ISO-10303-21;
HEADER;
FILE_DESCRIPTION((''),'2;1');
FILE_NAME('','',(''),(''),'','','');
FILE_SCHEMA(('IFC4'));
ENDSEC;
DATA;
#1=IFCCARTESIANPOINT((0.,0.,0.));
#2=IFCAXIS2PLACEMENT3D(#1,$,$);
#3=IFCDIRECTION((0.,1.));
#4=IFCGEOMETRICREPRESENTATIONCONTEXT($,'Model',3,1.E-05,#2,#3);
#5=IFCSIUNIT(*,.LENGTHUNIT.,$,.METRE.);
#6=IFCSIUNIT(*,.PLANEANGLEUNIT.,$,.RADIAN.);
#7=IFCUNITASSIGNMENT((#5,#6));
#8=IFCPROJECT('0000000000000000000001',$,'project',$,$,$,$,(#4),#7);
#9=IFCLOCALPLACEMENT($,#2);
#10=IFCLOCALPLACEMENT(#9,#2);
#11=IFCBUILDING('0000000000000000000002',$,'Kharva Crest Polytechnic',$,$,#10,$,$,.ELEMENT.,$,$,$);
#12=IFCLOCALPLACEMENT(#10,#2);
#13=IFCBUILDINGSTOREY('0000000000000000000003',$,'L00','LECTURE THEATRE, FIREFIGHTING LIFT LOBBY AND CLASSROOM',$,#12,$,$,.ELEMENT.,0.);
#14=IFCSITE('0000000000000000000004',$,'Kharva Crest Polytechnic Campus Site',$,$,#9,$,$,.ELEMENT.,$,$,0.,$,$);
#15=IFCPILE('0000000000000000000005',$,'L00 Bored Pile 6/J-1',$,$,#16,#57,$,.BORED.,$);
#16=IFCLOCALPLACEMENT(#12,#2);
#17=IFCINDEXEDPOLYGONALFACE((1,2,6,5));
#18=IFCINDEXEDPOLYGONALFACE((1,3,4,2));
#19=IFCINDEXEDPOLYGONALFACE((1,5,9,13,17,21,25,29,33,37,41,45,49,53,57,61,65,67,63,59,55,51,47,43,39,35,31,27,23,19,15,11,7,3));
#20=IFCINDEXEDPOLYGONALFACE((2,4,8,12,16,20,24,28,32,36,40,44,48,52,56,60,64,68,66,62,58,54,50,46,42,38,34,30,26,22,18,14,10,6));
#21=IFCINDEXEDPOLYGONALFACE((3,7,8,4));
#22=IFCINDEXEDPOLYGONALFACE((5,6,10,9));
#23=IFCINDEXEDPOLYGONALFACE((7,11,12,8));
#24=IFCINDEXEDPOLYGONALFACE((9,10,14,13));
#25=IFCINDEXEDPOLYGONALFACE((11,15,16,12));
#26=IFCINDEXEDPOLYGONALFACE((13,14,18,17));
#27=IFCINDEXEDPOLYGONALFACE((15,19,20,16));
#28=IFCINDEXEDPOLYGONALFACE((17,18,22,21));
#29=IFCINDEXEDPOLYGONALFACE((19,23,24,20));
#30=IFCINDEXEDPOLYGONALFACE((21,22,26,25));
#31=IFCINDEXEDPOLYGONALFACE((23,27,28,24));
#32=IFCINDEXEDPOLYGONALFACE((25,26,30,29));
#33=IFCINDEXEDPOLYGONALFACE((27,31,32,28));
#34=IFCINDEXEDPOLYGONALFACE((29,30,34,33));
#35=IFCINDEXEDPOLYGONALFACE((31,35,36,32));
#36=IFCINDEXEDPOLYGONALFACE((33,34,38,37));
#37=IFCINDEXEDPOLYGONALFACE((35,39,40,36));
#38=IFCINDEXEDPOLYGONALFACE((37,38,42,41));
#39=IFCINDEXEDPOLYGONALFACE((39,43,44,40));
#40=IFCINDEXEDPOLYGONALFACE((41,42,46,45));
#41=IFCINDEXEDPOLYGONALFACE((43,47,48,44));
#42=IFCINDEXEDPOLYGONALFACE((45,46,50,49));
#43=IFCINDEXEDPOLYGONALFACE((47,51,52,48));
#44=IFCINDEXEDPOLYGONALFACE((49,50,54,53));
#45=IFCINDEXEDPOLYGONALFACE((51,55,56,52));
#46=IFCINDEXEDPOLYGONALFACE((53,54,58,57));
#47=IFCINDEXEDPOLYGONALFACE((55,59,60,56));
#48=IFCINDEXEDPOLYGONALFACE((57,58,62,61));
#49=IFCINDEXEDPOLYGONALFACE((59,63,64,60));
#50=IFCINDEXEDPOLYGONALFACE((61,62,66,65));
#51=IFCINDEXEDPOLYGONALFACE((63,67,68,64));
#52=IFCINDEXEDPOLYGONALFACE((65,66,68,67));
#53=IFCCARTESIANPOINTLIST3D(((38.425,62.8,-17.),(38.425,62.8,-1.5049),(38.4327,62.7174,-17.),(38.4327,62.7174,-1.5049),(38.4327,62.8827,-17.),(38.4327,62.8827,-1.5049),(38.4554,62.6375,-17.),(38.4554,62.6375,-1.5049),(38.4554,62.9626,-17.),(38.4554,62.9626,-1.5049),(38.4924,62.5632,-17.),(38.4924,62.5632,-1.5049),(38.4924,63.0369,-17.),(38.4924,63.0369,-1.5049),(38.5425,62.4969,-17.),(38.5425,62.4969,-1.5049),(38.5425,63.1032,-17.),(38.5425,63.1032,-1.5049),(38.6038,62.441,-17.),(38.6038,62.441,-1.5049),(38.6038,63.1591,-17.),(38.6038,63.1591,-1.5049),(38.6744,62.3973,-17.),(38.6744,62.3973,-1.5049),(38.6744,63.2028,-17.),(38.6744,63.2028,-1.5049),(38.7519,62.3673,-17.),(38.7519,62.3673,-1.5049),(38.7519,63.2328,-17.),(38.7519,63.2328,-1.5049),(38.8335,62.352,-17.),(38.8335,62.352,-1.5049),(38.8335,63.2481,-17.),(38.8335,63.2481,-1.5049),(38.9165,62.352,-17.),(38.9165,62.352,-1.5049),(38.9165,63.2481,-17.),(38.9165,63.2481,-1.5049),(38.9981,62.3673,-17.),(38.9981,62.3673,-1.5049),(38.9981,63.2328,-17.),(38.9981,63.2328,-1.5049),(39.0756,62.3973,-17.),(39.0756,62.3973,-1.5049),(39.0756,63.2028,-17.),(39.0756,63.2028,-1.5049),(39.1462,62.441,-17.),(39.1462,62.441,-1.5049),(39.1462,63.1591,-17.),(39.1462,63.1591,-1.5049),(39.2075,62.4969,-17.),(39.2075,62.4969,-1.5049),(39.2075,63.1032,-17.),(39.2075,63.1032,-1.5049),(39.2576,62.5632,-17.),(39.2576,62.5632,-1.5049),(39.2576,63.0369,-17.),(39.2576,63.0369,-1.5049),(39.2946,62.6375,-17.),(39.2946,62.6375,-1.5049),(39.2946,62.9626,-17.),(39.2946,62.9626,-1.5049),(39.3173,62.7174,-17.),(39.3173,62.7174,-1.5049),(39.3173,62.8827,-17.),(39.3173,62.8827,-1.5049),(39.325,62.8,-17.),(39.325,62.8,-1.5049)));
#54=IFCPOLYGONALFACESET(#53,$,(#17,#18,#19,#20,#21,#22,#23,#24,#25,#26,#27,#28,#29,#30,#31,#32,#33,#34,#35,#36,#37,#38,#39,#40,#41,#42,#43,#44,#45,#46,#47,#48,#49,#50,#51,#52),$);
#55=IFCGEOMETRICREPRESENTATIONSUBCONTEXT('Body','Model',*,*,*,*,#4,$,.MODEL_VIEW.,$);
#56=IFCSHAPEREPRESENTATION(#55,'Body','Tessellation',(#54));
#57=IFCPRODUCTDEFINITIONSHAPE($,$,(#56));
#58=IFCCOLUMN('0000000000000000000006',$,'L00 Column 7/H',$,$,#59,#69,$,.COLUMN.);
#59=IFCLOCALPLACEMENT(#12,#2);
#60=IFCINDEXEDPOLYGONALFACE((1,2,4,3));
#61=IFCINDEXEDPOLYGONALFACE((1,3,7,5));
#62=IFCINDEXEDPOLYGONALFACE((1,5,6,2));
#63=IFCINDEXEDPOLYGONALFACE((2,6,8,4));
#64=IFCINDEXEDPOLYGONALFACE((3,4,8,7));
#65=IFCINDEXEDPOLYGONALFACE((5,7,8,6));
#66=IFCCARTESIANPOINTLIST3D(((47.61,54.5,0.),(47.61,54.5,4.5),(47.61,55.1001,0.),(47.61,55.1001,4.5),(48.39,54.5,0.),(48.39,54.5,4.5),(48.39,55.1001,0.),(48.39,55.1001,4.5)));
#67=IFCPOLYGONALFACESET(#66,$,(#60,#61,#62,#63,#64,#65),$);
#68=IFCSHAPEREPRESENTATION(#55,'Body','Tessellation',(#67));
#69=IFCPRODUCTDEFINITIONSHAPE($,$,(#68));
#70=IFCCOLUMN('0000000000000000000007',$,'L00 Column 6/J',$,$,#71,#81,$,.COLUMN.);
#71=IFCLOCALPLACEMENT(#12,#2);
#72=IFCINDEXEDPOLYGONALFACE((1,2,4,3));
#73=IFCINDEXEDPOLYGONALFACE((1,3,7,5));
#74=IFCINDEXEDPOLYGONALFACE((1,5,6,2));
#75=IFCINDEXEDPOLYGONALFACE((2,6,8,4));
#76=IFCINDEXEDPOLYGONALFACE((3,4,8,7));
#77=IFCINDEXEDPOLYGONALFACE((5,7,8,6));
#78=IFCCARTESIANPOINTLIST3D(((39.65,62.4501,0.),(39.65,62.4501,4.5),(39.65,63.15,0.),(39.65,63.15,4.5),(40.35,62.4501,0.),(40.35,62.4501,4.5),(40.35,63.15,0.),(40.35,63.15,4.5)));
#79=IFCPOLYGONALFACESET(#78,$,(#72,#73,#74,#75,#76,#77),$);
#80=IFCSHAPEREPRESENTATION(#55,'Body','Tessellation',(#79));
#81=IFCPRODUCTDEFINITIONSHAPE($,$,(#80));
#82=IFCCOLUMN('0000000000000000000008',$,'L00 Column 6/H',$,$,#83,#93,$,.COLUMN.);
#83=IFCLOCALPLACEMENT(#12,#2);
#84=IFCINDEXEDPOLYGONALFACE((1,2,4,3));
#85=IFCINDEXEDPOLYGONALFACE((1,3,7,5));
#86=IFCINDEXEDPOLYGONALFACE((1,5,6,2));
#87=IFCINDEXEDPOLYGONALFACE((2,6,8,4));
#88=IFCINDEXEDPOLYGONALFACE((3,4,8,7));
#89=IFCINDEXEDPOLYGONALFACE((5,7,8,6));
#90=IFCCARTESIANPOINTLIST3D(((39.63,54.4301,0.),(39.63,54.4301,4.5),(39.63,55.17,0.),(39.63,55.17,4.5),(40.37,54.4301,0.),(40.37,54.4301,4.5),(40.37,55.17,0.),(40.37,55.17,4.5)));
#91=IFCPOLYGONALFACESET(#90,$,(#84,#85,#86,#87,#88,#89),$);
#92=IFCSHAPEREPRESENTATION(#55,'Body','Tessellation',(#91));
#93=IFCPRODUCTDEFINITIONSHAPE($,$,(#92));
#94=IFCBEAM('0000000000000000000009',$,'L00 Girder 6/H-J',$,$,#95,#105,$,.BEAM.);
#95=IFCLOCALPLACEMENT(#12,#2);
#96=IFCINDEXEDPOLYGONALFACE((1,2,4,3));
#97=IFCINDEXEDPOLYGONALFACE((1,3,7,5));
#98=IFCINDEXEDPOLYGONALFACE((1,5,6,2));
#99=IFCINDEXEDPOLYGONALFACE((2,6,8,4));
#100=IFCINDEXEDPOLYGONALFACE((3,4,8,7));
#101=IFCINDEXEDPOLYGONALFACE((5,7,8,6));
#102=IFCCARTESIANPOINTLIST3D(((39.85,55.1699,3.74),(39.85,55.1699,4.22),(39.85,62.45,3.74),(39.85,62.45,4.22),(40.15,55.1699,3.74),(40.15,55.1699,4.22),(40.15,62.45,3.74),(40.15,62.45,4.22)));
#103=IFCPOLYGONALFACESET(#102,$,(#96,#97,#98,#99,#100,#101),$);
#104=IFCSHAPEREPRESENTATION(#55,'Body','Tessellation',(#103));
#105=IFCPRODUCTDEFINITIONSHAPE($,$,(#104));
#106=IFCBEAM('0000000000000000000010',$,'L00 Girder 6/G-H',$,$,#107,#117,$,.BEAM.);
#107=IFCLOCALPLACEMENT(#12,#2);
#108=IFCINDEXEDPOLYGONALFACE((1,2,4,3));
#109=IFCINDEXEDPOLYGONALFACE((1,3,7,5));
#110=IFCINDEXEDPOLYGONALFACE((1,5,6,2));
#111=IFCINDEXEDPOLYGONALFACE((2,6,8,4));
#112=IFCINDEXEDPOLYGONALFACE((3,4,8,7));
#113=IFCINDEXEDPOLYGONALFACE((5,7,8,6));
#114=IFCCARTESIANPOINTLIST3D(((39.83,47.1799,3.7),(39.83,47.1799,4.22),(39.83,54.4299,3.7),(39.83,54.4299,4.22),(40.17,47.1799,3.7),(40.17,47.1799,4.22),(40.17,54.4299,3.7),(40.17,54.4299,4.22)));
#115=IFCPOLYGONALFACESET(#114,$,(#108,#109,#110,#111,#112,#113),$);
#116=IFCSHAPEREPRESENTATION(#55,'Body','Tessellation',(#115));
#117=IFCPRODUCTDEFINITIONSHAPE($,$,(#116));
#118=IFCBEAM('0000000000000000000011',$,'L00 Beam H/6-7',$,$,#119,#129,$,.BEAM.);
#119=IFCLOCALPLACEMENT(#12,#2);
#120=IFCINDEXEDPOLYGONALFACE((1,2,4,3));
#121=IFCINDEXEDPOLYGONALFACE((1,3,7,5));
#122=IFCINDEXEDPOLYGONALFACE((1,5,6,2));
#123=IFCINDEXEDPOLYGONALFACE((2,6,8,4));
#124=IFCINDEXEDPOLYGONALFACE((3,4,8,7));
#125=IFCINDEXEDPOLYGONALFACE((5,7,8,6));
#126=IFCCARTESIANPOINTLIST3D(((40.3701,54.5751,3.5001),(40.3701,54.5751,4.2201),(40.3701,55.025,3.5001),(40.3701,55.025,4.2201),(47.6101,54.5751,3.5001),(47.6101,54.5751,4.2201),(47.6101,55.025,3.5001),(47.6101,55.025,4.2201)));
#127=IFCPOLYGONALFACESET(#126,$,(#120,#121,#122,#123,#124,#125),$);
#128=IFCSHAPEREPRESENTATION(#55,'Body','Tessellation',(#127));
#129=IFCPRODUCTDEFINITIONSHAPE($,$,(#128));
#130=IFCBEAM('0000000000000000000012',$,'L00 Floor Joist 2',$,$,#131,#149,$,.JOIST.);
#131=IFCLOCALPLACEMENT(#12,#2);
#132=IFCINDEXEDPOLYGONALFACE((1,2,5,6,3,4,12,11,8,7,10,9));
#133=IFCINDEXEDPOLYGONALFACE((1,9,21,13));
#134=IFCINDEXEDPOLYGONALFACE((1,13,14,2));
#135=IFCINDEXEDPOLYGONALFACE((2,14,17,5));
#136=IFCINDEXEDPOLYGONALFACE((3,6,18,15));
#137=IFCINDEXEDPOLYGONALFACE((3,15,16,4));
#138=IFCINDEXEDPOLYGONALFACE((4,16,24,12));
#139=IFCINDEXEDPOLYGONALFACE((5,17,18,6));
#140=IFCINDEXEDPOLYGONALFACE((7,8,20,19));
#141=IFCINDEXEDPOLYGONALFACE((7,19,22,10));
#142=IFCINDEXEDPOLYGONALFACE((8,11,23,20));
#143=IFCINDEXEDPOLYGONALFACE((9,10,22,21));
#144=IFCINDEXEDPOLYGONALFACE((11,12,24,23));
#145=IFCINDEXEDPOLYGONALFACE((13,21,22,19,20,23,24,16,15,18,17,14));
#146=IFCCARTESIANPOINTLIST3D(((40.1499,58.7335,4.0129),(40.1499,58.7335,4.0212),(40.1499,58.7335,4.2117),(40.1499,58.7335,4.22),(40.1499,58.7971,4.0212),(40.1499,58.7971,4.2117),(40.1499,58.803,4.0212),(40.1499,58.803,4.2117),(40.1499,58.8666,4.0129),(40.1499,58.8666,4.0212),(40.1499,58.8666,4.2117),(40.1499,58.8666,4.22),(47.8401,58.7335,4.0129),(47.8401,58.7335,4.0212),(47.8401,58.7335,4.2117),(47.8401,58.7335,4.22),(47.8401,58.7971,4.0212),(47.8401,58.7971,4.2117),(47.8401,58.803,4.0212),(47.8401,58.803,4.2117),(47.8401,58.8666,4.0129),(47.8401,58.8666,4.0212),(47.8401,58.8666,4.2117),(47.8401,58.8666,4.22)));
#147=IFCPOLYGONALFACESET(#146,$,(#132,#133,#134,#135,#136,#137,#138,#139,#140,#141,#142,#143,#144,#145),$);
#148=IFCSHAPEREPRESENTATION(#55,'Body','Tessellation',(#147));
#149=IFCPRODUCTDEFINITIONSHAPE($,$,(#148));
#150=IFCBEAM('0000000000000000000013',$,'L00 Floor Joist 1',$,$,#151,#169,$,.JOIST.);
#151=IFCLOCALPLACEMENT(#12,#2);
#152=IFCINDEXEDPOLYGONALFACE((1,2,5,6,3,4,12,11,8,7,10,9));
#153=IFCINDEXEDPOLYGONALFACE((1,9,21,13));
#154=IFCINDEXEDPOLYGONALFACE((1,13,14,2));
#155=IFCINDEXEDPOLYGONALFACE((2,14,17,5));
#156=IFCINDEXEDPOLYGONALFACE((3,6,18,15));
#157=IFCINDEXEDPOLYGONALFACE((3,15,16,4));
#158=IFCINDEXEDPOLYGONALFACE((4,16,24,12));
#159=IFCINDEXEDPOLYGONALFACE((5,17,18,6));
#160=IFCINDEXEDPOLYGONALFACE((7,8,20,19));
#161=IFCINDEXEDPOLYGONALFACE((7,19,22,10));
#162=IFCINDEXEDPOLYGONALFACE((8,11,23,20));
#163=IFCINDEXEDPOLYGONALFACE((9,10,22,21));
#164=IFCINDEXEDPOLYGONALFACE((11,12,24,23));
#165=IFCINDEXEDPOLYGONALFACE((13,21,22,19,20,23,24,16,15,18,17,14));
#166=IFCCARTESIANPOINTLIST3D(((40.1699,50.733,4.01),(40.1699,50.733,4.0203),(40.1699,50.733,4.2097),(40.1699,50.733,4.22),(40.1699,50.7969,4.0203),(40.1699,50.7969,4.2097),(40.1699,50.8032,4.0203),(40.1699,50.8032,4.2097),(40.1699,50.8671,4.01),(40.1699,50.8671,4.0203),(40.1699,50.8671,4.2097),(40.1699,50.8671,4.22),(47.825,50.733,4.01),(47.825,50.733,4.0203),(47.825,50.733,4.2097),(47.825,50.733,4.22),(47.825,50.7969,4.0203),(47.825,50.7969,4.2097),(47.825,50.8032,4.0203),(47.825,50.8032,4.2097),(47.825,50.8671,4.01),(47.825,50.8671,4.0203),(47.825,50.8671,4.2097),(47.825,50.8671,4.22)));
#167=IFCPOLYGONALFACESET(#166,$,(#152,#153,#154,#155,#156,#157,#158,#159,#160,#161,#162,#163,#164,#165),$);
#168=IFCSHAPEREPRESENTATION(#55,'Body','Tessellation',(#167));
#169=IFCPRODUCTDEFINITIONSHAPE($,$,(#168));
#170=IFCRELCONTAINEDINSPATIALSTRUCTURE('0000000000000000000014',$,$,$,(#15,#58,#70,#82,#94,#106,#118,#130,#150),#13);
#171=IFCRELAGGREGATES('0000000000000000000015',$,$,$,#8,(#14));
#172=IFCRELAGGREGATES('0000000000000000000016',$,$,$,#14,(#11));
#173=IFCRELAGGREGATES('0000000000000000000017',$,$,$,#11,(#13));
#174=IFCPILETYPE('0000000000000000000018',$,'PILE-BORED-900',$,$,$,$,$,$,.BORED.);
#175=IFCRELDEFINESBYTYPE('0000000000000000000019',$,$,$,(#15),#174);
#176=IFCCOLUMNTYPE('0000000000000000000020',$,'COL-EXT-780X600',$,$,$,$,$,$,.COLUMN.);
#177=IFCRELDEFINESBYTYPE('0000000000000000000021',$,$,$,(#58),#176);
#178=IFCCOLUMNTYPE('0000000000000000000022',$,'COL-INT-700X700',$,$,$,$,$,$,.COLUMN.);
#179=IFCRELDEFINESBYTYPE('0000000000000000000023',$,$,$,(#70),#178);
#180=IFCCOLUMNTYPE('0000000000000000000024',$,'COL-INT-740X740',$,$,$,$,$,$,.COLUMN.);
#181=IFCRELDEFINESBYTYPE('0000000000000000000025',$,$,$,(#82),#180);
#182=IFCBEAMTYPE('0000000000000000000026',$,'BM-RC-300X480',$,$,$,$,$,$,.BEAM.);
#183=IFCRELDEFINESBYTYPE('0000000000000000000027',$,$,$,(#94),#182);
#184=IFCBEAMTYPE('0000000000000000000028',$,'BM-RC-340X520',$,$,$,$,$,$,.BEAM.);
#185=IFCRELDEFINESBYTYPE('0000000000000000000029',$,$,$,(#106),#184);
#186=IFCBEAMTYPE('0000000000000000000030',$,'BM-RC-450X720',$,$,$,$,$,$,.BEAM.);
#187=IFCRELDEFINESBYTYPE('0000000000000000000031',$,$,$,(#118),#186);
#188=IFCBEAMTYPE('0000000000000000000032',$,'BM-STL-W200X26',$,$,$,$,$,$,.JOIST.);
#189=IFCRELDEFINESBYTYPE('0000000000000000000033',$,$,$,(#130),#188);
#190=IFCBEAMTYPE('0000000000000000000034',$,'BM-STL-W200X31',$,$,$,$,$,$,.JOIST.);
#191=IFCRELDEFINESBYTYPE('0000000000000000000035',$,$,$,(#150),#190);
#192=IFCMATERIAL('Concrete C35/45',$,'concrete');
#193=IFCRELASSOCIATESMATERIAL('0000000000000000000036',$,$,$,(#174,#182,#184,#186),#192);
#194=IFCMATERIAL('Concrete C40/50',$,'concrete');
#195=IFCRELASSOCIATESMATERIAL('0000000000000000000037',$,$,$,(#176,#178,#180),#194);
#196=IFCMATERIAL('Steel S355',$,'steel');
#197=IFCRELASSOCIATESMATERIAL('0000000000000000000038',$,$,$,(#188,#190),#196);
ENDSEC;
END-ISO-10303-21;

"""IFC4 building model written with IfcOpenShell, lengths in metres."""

from ifc_helpers import new_model, si_unit, direction, frame, origin, origin_2d, place, context, subcontext, project, spatial, rectangle, circle, i_section, extrude, material, material_profile, profile_set, type_object, element, save


model = new_model("IFC4")

# Units and contexts
model_context = context("Model", 3, precision=1e-05, world=origin(), true_north=direction((0.0, 1.0)))
body_context = subcontext(model_context, "Body", "Model", "MODEL_VIEW")
ifc_project = project(units=[si_unit("LENGTHUNIT", "METRE"), si_unit("PLANEANGLEUNIT", "RADIAN")], contexts=[model_context])

# Site, building, storey
site_placement = place(None, origin())
site = spatial("IfcSite", under=ifc_project, at=site_placement, Name="Kharva Crest Polytechnic Campus Site", CompositionType="ELEMENT", RefElevation=0.0)
building_placement = place(site_placement, origin())
building = spatial("IfcBuilding", under=site, at=building_placement, Name="Kharva Crest Polytechnic", CompositionType="ELEMENT")
storey_placement = place(building_placement, origin())
storey = spatial("IfcBuildingStorey", under=building, at=storey_placement, Name="L00", Description="LECTURE THEATRE, FIREFIGHTING LIFT LOBBY AND CLASSROOM", CompositionType="ELEMENT", Elevation=0.0)

# Shared definitions
ifc_material_1 = material(Name="Concrete C35/45", Category="concrete")

# Pile
ifc_material_profile_1 = material_profile(ifc_material_1, circle(Radius=0.45, at=origin_2d()), Name="DIA 900")
ifc_profile_set_1 = profile_set([ifc_material_profile_1], Name="Concrete C35/45")
pile_type_1 = type_object("IfcPileType", Name="PILE-BORED-900", PredefinedType="BORED", material=ifc_profile_set_1)
for number, where, z_axis, x_axis, name in (
    (1, (38.875, 62.8, -1.5049), (0.0, 0.0, -1.0), (1.0, 0.0, 0.0), "L00 Bored Pile 6/J-1"),
):
    element("IfcPile", number, at=place(storey_placement, frame(where, z_axis=z_axis, x_axis=x_axis)), inside=storey, type_object=pile_type_1, Name=name, PredefinedType="BORED", context=body_context, shape_type="SweptSolid", body=[
        extrude(circle(Radius=0.45, at=origin_2d()), origin(), (0.0, 0.0, 1.0), 15.4951),
    ])

# Columns
ifc_material_2 = material(Name="Concrete C40/50", Category="concrete")
ifc_material_profile_2 = material_profile(ifc_material_2, rectangle(XDim=0.78, YDim=0.6001, at=origin_2d()), Name="RECT 780 X 600")
ifc_profile_set_2 = profile_set([ifc_material_profile_2], Name="Concrete C40/50")
column_type_1 = type_object("IfcColumnType", Name="COL-EXT-780X600", PredefinedType="COLUMN", material=ifc_profile_set_2)
column_1_placement = place(storey_placement, frame((48.0, 54.8, 0.0), z_axis=(0.0, 0.0, 1.0), x_axis=(1.0, 0.0, 0.0)))
element("IfcColumn", 2, at=column_1_placement, inside=storey, type_object=column_type_1, Name="L00 Column 7/H", PredefinedType="COLUMN", context=body_context, shape_type="SweptSolid", body=[
    extrude(rectangle(XDim=0.78, YDim=0.6001, at=origin_2d()), origin(), (0.0, 0.0, 1.0), 4.5),
])
ifc_material_profile_3 = material_profile(ifc_material_2, rectangle(XDim=0.7, YDim=0.7, at=origin_2d()), Name="RECT 700 X 700")
ifc_profile_set_3 = profile_set([ifc_material_profile_3], Name="Concrete C40/50")
column_type_2 = type_object("IfcColumnType", Name="COL-INT-700X700", PredefinedType="COLUMN", material=ifc_profile_set_3)
column_2_placement = place(storey_placement, frame((40.0, 62.8, 0.0), z_axis=(0.0, 0.0, 1.0), x_axis=(1.0, 0.0, 0.0)))
element("IfcColumn", 3, at=column_2_placement, inside=storey, type_object=column_type_2, Name="L00 Column 6/J", PredefinedType="COLUMN", context=body_context, shape_type="SweptSolid", body=[
    extrude(rectangle(XDim=0.7, YDim=0.7, at=origin_2d()), origin(), (0.0, 0.0, 1.0), 4.5),
])
ifc_material_profile_4 = material_profile(ifc_material_2, rectangle(XDim=0.74, YDim=0.74, at=origin_2d()), Name="RECT 740 X 740")
ifc_profile_set_4 = profile_set([ifc_material_profile_4], Name="Concrete C40/50")
column_type_3 = type_object("IfcColumnType", Name="COL-INT-740X740", PredefinedType="COLUMN", material=ifc_profile_set_4)
column_3_placement = place(storey_placement, frame((40.0, 54.8, 0.0), z_axis=(0.0, 0.0, 1.0), x_axis=(1.0, 0.0, 0.0)))
element("IfcColumn", 4, at=column_3_placement, inside=storey, type_object=column_type_3, Name="L00 Column 6/H", PredefinedType="COLUMN", context=body_context, shape_type="SweptSolid", body=[
    extrude(rectangle(XDim=0.74, YDim=0.74, at=origin_2d()), origin(), (0.0, 0.0, 1.0), 4.5),
])

# Beams
ifc_material_profile_5 = material_profile(ifc_material_1, rectangle(XDim=0.3, YDim=0.48, at=origin_2d()), Name="RECT 300 X 480")
ifc_profile_set_5 = profile_set([ifc_material_profile_5], Name="Concrete C35/45")
beam_type_1 = type_object("IfcBeamType", Name="BM-RC-300X480", PredefinedType="BEAM", material=ifc_profile_set_5)
beam_1_placement = place(storey_placement, frame((40.0, 55.1699, 3.98), z_axis=(0.0, 1.0, 0.0), x_axis=(-1.0, 0.0, 0.0)))
element("IfcBeam", 5, at=beam_1_placement, inside=storey, type_object=beam_type_1, Name="L00 Girder 6/H-J", PredefinedType="BEAM", context=body_context, shape_type="SweptSolid", body=[
    extrude(rectangle(XDim=0.3, YDim=0.48, at=origin_2d()), origin(), (0.0, 0.0, 1.0), 7.28),
])
ifc_material_profile_6 = material_profile(ifc_material_1, rectangle(XDim=0.3401, YDim=0.52, at=origin_2d()), Name="RECT 340 X 520")
ifc_profile_set_6 = profile_set([ifc_material_profile_6], Name="Concrete C35/45")
beam_type_2 = type_object("IfcBeamType", Name="BM-RC-340X520", PredefinedType="BEAM", material=ifc_profile_set_6)
beam_2_placement = place(storey_placement, frame((40.0, 47.1799, 3.96), z_axis=(0.0, 1.0, 0.0), x_axis=(-1.0, 0.0, 0.0)))
element("IfcBeam", 6, at=beam_2_placement, inside=storey, type_object=beam_type_2, Name="L00 Girder 6/G-H", PredefinedType="BEAM", context=body_context, shape_type="SweptSolid", body=[
    extrude(rectangle(XDim=0.3401, YDim=0.52, at=origin_2d()), origin(), (0.0, 0.0, 1.0), 7.25),
])
ifc_material_profile_7 = material_profile(ifc_material_1, rectangle(XDim=0.45, YDim=0.72, at=origin_2d()), Name="RECT 450 X 720")
ifc_profile_set_7 = profile_set([ifc_material_profile_7], Name="Concrete C35/45")
beam_type_3 = type_object("IfcBeamType", Name="BM-RC-450X720", PredefinedType="BEAM", material=ifc_profile_set_7)
beam_3_placement = place(storey_placement, frame((40.3701, 54.8, 3.8601), z_axis=(1.0, 0.0, 0.0), x_axis=(0.0, 1.0, 0.0)))
element("IfcBeam", 7, at=beam_3_placement, inside=storey, type_object=beam_type_3, Name="L00 Beam H/6-7", PredefinedType="BEAM", context=body_context, shape_type="SweptSolid", body=[
    extrude(rectangle(XDim=0.45, YDim=0.72, at=origin_2d()), origin(), (0.0, 0.0, 1.0), 7.24),
])
ifc_material_3 = material(Name="Steel S355", Category="steel")
ifc_material_profile_8 = material_profile(ifc_material_3, i_section(OverallWidth=0.1331, OverallDepth=0.207, WebThickness=0.0059, FlangeThickness=0.0083, at=origin_2d()), Name="W200X26.6")
ifc_profile_set_8 = profile_set([ifc_material_profile_8], Name="Steel S355")
beam_type_4 = type_object("IfcBeamType", Name="BM-STL-W200X26", PredefinedType="JOIST", material=ifc_profile_set_8)
beam_4_placement = place(storey_placement, frame((40.1499, 58.8, 4.1165), z_axis=(1.0, 0.0, 0.0), x_axis=(0.0, 1.0, 0.0)))
element("IfcBeam", 8, at=beam_4_placement, inside=storey, type_object=beam_type_4, Name="L00 Floor Joist 2", PredefinedType="JOIST", context=body_context, shape_type="SweptSolid", body=[
    extrude(i_section(OverallWidth=0.1331, OverallDepth=0.207, WebThickness=0.0059, FlangeThickness=0.0083, at=origin_2d()), origin(), (0.0, 0.0, 1.0), 7.6902),
])
ifc_material_profile_9 = material_profile(ifc_material_3, i_section(OverallWidth=0.134, OverallDepth=0.21, WebThickness=0.0063, FlangeThickness=0.0103, at=origin_2d()), Name="W200X31.3")
ifc_profile_set_9 = profile_set([ifc_material_profile_9], Name="Steel S355")
beam_type_5 = type_object("IfcBeamType", Name="BM-STL-W200X31", PredefinedType="JOIST", material=ifc_profile_set_9)
beam_5_placement = place(storey_placement, frame((40.1699, 50.8, 4.115), z_axis=(1.0, 0.0, 0.0), x_axis=(0.0, 1.0, 0.0)))
element("IfcBeam", 9, at=beam_5_placement, inside=storey, type_object=beam_type_5, Name="L00 Floor Joist 1", PredefinedType="JOIST", context=body_context, shape_type="SweptSolid", body=[
    extrude(i_section(OverallWidth=0.134, OverallDepth=0.21, WebThickness=0.0063, FlangeThickness=0.0103, at=origin_2d()), origin(), (0.0, 0.0, 1.0), 7.655),
])

save(model, "model.ifc")
